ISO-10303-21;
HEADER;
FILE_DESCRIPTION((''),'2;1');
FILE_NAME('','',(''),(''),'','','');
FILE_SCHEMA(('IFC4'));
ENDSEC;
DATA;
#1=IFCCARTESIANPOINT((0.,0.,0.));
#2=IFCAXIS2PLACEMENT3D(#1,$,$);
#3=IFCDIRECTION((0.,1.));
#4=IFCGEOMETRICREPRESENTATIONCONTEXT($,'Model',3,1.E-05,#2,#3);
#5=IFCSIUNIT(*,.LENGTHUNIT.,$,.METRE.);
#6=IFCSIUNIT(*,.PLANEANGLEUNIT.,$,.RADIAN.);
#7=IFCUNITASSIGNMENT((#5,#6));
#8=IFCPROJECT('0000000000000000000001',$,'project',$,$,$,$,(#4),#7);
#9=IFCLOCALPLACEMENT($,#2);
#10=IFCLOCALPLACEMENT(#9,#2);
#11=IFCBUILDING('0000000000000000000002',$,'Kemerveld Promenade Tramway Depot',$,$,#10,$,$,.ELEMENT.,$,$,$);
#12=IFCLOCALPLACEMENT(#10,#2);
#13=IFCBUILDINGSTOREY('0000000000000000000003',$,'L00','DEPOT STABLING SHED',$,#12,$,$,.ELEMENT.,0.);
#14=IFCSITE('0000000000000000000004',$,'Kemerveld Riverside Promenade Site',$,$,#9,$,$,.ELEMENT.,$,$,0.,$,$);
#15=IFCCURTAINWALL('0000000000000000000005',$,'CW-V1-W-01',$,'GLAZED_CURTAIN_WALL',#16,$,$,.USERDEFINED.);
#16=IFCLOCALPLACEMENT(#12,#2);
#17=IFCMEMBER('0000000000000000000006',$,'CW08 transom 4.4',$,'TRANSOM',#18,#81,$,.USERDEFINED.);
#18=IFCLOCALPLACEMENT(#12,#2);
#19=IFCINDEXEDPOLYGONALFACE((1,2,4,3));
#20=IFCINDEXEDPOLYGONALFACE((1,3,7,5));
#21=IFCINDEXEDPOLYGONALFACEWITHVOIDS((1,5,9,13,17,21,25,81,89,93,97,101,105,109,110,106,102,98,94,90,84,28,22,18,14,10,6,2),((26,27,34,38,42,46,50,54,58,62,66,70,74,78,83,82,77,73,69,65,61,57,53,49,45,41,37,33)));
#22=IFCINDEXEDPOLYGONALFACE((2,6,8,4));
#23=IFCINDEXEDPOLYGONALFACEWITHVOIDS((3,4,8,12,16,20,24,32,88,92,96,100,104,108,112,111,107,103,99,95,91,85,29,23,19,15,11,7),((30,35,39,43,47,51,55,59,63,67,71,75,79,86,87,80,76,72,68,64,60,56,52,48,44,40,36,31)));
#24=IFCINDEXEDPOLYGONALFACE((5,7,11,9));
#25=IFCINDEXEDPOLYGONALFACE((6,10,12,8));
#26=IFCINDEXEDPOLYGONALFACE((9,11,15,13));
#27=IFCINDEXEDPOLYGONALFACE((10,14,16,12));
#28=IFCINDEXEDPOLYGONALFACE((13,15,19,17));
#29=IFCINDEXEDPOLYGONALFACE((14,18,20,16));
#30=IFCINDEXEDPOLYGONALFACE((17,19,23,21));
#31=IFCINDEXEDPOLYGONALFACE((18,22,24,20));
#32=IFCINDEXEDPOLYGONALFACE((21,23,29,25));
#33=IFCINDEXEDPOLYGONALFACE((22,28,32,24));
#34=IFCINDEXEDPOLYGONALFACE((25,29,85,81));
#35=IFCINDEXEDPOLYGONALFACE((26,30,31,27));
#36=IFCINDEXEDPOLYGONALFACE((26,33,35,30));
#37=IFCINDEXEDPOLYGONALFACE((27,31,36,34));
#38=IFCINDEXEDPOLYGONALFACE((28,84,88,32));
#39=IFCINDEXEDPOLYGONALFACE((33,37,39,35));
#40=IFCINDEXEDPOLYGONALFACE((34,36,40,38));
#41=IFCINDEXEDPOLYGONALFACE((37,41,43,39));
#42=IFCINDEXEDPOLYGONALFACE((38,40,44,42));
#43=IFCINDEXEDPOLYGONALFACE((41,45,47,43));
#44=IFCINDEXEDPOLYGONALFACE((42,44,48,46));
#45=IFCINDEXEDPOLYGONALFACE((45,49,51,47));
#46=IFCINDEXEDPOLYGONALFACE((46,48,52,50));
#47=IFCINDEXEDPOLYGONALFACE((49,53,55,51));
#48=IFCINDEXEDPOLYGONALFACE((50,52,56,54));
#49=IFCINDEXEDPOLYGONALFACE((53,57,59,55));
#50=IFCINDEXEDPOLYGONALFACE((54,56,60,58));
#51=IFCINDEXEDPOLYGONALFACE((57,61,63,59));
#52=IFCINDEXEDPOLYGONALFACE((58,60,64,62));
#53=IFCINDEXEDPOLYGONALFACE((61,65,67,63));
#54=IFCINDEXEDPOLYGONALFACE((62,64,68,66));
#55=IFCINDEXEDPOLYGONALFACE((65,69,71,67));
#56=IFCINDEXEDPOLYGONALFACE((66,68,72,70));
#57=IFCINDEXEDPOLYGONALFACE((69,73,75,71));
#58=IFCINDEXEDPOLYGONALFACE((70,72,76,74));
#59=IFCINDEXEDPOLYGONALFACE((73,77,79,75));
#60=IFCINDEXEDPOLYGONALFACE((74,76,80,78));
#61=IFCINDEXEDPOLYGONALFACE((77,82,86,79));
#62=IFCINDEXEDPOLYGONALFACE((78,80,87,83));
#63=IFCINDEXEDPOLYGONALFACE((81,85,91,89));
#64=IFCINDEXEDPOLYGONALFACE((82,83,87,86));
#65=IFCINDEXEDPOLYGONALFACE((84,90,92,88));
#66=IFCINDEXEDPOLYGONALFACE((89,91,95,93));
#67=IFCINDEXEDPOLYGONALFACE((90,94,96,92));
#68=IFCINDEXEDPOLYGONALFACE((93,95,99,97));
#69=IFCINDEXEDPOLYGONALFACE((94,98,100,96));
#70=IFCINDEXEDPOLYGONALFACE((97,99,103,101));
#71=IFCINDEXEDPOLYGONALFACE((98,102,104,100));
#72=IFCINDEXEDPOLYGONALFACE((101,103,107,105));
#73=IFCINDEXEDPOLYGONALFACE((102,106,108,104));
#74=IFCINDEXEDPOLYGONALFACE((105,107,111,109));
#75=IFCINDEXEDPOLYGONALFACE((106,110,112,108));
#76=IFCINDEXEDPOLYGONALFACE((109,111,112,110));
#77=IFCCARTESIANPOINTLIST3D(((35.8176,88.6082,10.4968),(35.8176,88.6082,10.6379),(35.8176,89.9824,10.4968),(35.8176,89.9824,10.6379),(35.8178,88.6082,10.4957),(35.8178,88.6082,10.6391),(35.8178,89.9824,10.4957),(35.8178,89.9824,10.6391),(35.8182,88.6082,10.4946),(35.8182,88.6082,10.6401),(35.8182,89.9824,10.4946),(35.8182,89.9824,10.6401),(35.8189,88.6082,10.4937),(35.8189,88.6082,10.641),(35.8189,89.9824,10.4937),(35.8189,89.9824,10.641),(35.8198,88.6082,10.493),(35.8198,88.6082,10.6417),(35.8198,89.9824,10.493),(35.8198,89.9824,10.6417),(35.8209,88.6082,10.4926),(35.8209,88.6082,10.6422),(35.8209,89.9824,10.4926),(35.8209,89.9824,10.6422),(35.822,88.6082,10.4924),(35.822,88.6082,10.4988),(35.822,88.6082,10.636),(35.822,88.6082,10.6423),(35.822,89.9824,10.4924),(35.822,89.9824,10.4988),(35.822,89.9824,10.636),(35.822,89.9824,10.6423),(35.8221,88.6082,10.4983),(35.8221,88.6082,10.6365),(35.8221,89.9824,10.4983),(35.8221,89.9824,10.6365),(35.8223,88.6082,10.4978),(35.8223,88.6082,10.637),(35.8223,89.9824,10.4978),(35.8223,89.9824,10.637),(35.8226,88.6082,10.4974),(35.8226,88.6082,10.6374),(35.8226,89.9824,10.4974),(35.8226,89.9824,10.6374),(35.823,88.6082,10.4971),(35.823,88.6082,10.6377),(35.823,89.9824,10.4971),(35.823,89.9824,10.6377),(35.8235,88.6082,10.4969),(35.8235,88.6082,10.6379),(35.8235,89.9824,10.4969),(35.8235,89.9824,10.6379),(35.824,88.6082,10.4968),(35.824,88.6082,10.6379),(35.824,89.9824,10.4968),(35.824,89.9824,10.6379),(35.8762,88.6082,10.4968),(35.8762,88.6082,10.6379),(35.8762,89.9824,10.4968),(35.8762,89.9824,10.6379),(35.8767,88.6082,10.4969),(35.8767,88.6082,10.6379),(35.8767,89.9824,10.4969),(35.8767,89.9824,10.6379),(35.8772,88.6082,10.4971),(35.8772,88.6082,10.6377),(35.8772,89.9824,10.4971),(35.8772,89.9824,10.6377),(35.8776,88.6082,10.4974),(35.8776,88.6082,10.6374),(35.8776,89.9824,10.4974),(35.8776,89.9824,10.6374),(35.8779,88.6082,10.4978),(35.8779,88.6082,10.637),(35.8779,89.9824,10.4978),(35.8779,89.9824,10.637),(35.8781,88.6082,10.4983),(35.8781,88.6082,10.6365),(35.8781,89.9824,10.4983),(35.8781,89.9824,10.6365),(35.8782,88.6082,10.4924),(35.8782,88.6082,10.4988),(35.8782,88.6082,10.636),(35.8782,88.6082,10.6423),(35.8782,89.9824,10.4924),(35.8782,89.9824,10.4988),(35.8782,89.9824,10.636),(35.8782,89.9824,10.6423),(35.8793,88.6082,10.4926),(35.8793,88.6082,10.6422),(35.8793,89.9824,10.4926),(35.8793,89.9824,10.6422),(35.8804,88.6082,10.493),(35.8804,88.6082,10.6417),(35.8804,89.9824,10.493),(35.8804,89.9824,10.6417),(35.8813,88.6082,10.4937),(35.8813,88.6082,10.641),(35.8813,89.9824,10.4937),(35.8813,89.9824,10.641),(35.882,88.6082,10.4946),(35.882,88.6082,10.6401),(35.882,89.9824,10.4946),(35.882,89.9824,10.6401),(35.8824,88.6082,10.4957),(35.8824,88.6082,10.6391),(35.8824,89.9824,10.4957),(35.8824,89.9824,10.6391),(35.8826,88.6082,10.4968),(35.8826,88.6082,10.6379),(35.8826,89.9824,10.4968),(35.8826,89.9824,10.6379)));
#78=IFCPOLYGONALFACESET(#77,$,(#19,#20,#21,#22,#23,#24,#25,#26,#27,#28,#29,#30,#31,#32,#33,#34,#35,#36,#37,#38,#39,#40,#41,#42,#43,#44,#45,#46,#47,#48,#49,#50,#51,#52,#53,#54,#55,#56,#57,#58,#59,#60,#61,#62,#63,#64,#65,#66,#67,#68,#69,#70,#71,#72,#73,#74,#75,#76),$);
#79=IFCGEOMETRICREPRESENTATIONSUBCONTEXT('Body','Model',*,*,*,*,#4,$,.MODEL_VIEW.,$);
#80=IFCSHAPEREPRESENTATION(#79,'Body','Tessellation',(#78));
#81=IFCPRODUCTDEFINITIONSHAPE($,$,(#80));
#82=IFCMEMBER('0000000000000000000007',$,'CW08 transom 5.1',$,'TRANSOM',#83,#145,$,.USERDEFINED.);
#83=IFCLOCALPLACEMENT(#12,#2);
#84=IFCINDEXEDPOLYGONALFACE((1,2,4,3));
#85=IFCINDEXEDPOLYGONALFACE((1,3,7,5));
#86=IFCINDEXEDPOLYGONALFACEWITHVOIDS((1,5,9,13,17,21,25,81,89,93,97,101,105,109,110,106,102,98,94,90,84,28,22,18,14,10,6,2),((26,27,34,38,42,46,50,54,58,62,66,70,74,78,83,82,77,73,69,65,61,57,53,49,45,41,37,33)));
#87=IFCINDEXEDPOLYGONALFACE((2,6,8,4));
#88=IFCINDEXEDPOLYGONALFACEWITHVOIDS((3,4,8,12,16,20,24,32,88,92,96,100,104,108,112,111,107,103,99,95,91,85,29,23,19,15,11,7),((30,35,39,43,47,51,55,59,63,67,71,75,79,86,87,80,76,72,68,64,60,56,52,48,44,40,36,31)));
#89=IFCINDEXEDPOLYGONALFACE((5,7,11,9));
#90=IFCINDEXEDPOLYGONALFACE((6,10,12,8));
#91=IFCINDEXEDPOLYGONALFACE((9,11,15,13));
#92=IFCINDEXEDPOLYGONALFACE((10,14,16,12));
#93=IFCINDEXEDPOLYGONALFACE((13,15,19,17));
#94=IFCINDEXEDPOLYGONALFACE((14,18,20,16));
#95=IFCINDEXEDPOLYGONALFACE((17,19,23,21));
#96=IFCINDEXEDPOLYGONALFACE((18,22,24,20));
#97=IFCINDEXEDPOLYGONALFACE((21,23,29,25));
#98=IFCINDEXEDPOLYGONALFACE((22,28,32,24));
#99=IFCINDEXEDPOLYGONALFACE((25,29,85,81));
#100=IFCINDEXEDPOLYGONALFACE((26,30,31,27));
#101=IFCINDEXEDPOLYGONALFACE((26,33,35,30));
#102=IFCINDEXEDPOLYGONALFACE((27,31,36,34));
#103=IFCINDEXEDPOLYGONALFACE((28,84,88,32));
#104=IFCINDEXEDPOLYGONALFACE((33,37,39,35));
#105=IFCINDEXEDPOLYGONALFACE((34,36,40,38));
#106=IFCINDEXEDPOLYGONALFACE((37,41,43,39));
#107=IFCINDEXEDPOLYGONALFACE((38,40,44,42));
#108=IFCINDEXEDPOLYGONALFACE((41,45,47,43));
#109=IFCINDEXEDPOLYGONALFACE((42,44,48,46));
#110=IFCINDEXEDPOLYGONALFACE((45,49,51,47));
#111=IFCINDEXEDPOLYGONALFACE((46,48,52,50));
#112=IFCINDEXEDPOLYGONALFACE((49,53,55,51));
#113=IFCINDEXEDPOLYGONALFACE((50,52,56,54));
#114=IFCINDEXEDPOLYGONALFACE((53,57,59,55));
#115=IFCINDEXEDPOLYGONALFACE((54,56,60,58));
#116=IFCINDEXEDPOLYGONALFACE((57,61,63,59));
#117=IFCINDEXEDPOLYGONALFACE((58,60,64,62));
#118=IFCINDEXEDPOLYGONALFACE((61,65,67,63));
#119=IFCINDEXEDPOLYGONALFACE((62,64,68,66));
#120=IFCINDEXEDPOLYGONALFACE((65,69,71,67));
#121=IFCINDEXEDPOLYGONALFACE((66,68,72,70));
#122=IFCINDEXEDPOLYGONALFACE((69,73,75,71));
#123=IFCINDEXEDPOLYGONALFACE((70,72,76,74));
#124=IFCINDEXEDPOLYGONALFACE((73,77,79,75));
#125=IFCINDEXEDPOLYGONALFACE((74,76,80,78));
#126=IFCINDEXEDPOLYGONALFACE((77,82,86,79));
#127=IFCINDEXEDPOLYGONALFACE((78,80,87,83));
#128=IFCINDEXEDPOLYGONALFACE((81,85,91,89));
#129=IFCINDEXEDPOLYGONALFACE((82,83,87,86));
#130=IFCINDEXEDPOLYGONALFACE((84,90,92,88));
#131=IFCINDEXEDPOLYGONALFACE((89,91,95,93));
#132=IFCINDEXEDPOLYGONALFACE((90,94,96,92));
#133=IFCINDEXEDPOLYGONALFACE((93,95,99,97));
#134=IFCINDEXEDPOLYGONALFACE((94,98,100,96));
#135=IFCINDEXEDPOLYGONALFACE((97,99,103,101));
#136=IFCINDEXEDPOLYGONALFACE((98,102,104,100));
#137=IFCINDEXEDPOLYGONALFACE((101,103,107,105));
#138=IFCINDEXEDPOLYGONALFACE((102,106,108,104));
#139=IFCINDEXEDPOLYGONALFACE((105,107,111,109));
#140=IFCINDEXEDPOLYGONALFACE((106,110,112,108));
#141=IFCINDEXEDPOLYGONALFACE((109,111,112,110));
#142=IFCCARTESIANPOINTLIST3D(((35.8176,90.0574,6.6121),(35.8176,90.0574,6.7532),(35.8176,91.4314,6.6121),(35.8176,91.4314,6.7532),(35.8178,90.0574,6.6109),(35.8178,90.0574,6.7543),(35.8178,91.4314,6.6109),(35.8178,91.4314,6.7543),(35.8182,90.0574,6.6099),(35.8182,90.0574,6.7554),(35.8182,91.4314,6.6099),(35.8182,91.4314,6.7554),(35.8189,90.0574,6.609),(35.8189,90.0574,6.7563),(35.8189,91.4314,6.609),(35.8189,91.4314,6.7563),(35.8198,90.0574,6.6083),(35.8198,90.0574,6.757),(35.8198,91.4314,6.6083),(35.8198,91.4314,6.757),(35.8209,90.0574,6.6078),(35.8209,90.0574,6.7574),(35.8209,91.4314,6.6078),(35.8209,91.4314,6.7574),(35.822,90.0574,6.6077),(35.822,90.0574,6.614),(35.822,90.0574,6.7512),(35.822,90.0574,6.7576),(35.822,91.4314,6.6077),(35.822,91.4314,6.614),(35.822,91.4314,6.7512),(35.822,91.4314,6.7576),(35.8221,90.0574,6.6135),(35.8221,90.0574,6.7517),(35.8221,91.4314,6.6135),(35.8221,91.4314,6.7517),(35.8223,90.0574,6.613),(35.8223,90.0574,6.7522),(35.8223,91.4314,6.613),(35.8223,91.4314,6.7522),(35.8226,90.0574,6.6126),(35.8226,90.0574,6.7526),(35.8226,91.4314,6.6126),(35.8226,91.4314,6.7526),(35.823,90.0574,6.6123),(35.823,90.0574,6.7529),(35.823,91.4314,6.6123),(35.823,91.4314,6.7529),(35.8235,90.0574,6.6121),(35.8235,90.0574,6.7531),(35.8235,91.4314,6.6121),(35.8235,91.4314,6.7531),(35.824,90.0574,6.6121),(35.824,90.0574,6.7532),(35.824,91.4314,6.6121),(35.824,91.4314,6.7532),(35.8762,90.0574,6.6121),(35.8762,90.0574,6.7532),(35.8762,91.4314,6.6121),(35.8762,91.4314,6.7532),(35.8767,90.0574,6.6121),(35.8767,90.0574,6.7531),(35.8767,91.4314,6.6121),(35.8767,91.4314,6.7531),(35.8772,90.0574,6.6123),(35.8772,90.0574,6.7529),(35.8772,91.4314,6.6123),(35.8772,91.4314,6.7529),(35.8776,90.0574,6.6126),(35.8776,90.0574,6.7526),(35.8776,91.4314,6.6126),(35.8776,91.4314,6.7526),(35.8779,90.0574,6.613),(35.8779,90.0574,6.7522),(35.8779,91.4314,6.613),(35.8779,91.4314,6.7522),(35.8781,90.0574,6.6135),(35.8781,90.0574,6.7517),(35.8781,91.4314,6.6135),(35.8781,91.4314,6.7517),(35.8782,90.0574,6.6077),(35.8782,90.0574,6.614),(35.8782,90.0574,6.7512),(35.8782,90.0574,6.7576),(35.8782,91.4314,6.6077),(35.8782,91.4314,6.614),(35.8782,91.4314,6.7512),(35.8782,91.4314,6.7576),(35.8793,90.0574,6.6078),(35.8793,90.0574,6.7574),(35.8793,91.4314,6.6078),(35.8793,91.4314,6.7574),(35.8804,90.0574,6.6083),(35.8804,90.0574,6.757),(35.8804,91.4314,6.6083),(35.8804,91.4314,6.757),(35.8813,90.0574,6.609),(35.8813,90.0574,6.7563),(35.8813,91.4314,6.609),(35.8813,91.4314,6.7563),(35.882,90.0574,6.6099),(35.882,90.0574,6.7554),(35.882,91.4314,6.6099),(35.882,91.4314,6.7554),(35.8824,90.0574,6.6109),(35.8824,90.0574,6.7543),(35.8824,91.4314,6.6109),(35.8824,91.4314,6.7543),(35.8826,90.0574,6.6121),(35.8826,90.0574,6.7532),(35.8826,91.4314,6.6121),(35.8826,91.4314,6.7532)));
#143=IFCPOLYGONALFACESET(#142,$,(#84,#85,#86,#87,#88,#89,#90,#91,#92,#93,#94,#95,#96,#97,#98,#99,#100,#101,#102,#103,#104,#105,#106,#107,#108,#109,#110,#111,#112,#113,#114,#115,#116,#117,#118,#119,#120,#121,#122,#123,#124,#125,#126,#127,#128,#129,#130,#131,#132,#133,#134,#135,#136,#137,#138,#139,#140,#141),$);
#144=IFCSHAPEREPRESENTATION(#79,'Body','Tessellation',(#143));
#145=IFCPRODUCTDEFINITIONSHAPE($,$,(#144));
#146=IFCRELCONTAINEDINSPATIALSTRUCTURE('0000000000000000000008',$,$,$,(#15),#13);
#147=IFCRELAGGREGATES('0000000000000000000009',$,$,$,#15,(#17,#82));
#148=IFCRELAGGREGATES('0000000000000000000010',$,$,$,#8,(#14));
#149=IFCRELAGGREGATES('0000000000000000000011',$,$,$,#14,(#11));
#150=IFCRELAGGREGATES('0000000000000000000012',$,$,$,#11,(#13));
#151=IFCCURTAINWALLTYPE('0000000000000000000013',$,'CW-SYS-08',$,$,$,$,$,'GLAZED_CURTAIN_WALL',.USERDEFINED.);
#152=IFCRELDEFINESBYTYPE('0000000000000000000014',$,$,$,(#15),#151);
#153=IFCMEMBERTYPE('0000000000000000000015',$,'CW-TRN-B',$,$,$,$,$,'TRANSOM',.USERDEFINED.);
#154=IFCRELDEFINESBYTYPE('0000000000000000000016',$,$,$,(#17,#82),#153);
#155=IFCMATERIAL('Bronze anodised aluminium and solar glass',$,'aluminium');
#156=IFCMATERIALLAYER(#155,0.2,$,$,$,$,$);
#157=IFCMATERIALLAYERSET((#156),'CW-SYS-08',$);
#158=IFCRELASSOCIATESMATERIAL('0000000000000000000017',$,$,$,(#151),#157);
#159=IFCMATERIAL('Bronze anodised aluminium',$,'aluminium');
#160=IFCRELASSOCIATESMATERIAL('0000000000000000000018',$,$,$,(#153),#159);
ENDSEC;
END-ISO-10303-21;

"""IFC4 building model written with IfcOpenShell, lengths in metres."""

from ifc_helpers import new_model, si_unit, direction, frame, origin, origin_2d, place, context, subcontext, project, spatial, hollow_rectangle, extrude, material, layer, layer_set, material_profile, profile_set, type_object, element, aggregate, save


model = new_model("IFC4")

# Units and contexts
model_context = context("Model", 3, precision=1e-05, world=origin(), true_north=direction((0.0, 1.0)))
body_context = subcontext(model_context, "Body", "Model", "MODEL_VIEW")
ifc_project = project(units=[si_unit("LENGTHUNIT", "METRE"), si_unit("PLANEANGLEUNIT", "RADIAN")], contexts=[model_context])

# Site, building, storey
site_placement = place(None, origin())
site = spatial("IfcSite", under=ifc_project, at=site_placement, Name="Kemerveld Riverside Promenade Site", CompositionType="ELEMENT", RefElevation=0.0)
building_placement = place(site_placement, origin())
building = spatial("IfcBuilding", under=site, at=building_placement, Name="Kemerveld Promenade Tramway Depot", CompositionType="ELEMENT")
storey_placement = place(building_placement, origin())
storey = spatial("IfcBuildingStorey", under=building, at=storey_placement, Name="L00", Description="DEPOT STABLING SHED", CompositionType="ELEMENT", Elevation=0.0)

# Curtain wall, members
ifc_material_1 = material(Name="Bronze anodised aluminium and solar glass", Category="aluminium")
ifc_layer_1 = layer(ifc_material_1, 0.2)
ifc_layer_set_1 = layer_set([ifc_layer_1], Name="CW-SYS-08")
curtain_wall_type = type_object("IfcCurtainWallType", Name="CW-SYS-08", ElementType="GLAZED_CURTAIN_WALL", PredefinedType="USERDEFINED", material=ifc_layer_set_1)
curtain_wall_placement = place(storey_placement, origin())
curtain_wall = element("IfcCurtainWall", 1, at=curtain_wall_placement, inside=storey, type_object=curtain_wall_type, Name="CW-V1-W-01", ObjectType="GLAZED_CURTAIN_WALL", PredefinedType="USERDEFINED")
ifc_material_2 = material(Name="Bronze anodised aluminium", Category="aluminium")
ifc_material_profile_1 = material_profile(ifc_material_2, hollow_rectangle(XDim=0.0649, YDim=0.1499, WallThickness=0.0044, InnerFilletRadius=0.002, OuterFilletRadius=0.0044, at=origin_2d()), Name="CW-TRN-150x65")
ifc_profile_set_1 = profile_set([ifc_material_profile_1], Name="Bronze anodised aluminium")
member_type_1 = type_object("IfcMemberType", Name="CW-TRN-B", ElementType="TRANSOM", PredefinedType="USERDEFINED", material=ifc_profile_set_1)
member_1_placement = place(storey_placement, frame((35.8501, 88.6082, 10.5674), z_axis=(0.0, 1.0, 0.0), x_axis=(-1.0, 0.0, 0.0)))
member_1 = element("IfcMember", 2, at=member_1_placement, type_object=member_type_1, Name="CW08 transom 4.4", ObjectType="TRANSOM", PredefinedType="USERDEFINED", context=body_context, shape_type="SweptSolid", body=[
    extrude(hollow_rectangle(XDim=0.0649, YDim=0.1499, WallThickness=0.0044, InnerFilletRadius=0.002, OuterFilletRadius=0.0044, at=origin_2d()), origin(), (0.0, 0.0, 1.0), 1.3743),
])
member_2_placement = place(storey_placement, frame((35.8501, 90.0574, 6.6826), z_axis=(0.0, 1.0, 0.0), x_axis=(-1.0, 0.0, 0.0)))
member_2 = element("IfcMember", 3, at=member_2_placement, type_object=member_type_1, Name="CW08 transom 5.1", ObjectType="TRANSOM", PredefinedType="USERDEFINED", context=body_context, shape_type="SweptSolid", body=[
    extrude(hollow_rectangle(XDim=0.0649, YDim=0.1499, WallThickness=0.0044, InnerFilletRadius=0.002, OuterFilletRadius=0.0044, at=origin_2d()), origin(), (0.0, 0.0, 1.0), 1.374),
])
aggregate(curtain_wall, [member_1, member_2])

save(model, "model.ifc")
